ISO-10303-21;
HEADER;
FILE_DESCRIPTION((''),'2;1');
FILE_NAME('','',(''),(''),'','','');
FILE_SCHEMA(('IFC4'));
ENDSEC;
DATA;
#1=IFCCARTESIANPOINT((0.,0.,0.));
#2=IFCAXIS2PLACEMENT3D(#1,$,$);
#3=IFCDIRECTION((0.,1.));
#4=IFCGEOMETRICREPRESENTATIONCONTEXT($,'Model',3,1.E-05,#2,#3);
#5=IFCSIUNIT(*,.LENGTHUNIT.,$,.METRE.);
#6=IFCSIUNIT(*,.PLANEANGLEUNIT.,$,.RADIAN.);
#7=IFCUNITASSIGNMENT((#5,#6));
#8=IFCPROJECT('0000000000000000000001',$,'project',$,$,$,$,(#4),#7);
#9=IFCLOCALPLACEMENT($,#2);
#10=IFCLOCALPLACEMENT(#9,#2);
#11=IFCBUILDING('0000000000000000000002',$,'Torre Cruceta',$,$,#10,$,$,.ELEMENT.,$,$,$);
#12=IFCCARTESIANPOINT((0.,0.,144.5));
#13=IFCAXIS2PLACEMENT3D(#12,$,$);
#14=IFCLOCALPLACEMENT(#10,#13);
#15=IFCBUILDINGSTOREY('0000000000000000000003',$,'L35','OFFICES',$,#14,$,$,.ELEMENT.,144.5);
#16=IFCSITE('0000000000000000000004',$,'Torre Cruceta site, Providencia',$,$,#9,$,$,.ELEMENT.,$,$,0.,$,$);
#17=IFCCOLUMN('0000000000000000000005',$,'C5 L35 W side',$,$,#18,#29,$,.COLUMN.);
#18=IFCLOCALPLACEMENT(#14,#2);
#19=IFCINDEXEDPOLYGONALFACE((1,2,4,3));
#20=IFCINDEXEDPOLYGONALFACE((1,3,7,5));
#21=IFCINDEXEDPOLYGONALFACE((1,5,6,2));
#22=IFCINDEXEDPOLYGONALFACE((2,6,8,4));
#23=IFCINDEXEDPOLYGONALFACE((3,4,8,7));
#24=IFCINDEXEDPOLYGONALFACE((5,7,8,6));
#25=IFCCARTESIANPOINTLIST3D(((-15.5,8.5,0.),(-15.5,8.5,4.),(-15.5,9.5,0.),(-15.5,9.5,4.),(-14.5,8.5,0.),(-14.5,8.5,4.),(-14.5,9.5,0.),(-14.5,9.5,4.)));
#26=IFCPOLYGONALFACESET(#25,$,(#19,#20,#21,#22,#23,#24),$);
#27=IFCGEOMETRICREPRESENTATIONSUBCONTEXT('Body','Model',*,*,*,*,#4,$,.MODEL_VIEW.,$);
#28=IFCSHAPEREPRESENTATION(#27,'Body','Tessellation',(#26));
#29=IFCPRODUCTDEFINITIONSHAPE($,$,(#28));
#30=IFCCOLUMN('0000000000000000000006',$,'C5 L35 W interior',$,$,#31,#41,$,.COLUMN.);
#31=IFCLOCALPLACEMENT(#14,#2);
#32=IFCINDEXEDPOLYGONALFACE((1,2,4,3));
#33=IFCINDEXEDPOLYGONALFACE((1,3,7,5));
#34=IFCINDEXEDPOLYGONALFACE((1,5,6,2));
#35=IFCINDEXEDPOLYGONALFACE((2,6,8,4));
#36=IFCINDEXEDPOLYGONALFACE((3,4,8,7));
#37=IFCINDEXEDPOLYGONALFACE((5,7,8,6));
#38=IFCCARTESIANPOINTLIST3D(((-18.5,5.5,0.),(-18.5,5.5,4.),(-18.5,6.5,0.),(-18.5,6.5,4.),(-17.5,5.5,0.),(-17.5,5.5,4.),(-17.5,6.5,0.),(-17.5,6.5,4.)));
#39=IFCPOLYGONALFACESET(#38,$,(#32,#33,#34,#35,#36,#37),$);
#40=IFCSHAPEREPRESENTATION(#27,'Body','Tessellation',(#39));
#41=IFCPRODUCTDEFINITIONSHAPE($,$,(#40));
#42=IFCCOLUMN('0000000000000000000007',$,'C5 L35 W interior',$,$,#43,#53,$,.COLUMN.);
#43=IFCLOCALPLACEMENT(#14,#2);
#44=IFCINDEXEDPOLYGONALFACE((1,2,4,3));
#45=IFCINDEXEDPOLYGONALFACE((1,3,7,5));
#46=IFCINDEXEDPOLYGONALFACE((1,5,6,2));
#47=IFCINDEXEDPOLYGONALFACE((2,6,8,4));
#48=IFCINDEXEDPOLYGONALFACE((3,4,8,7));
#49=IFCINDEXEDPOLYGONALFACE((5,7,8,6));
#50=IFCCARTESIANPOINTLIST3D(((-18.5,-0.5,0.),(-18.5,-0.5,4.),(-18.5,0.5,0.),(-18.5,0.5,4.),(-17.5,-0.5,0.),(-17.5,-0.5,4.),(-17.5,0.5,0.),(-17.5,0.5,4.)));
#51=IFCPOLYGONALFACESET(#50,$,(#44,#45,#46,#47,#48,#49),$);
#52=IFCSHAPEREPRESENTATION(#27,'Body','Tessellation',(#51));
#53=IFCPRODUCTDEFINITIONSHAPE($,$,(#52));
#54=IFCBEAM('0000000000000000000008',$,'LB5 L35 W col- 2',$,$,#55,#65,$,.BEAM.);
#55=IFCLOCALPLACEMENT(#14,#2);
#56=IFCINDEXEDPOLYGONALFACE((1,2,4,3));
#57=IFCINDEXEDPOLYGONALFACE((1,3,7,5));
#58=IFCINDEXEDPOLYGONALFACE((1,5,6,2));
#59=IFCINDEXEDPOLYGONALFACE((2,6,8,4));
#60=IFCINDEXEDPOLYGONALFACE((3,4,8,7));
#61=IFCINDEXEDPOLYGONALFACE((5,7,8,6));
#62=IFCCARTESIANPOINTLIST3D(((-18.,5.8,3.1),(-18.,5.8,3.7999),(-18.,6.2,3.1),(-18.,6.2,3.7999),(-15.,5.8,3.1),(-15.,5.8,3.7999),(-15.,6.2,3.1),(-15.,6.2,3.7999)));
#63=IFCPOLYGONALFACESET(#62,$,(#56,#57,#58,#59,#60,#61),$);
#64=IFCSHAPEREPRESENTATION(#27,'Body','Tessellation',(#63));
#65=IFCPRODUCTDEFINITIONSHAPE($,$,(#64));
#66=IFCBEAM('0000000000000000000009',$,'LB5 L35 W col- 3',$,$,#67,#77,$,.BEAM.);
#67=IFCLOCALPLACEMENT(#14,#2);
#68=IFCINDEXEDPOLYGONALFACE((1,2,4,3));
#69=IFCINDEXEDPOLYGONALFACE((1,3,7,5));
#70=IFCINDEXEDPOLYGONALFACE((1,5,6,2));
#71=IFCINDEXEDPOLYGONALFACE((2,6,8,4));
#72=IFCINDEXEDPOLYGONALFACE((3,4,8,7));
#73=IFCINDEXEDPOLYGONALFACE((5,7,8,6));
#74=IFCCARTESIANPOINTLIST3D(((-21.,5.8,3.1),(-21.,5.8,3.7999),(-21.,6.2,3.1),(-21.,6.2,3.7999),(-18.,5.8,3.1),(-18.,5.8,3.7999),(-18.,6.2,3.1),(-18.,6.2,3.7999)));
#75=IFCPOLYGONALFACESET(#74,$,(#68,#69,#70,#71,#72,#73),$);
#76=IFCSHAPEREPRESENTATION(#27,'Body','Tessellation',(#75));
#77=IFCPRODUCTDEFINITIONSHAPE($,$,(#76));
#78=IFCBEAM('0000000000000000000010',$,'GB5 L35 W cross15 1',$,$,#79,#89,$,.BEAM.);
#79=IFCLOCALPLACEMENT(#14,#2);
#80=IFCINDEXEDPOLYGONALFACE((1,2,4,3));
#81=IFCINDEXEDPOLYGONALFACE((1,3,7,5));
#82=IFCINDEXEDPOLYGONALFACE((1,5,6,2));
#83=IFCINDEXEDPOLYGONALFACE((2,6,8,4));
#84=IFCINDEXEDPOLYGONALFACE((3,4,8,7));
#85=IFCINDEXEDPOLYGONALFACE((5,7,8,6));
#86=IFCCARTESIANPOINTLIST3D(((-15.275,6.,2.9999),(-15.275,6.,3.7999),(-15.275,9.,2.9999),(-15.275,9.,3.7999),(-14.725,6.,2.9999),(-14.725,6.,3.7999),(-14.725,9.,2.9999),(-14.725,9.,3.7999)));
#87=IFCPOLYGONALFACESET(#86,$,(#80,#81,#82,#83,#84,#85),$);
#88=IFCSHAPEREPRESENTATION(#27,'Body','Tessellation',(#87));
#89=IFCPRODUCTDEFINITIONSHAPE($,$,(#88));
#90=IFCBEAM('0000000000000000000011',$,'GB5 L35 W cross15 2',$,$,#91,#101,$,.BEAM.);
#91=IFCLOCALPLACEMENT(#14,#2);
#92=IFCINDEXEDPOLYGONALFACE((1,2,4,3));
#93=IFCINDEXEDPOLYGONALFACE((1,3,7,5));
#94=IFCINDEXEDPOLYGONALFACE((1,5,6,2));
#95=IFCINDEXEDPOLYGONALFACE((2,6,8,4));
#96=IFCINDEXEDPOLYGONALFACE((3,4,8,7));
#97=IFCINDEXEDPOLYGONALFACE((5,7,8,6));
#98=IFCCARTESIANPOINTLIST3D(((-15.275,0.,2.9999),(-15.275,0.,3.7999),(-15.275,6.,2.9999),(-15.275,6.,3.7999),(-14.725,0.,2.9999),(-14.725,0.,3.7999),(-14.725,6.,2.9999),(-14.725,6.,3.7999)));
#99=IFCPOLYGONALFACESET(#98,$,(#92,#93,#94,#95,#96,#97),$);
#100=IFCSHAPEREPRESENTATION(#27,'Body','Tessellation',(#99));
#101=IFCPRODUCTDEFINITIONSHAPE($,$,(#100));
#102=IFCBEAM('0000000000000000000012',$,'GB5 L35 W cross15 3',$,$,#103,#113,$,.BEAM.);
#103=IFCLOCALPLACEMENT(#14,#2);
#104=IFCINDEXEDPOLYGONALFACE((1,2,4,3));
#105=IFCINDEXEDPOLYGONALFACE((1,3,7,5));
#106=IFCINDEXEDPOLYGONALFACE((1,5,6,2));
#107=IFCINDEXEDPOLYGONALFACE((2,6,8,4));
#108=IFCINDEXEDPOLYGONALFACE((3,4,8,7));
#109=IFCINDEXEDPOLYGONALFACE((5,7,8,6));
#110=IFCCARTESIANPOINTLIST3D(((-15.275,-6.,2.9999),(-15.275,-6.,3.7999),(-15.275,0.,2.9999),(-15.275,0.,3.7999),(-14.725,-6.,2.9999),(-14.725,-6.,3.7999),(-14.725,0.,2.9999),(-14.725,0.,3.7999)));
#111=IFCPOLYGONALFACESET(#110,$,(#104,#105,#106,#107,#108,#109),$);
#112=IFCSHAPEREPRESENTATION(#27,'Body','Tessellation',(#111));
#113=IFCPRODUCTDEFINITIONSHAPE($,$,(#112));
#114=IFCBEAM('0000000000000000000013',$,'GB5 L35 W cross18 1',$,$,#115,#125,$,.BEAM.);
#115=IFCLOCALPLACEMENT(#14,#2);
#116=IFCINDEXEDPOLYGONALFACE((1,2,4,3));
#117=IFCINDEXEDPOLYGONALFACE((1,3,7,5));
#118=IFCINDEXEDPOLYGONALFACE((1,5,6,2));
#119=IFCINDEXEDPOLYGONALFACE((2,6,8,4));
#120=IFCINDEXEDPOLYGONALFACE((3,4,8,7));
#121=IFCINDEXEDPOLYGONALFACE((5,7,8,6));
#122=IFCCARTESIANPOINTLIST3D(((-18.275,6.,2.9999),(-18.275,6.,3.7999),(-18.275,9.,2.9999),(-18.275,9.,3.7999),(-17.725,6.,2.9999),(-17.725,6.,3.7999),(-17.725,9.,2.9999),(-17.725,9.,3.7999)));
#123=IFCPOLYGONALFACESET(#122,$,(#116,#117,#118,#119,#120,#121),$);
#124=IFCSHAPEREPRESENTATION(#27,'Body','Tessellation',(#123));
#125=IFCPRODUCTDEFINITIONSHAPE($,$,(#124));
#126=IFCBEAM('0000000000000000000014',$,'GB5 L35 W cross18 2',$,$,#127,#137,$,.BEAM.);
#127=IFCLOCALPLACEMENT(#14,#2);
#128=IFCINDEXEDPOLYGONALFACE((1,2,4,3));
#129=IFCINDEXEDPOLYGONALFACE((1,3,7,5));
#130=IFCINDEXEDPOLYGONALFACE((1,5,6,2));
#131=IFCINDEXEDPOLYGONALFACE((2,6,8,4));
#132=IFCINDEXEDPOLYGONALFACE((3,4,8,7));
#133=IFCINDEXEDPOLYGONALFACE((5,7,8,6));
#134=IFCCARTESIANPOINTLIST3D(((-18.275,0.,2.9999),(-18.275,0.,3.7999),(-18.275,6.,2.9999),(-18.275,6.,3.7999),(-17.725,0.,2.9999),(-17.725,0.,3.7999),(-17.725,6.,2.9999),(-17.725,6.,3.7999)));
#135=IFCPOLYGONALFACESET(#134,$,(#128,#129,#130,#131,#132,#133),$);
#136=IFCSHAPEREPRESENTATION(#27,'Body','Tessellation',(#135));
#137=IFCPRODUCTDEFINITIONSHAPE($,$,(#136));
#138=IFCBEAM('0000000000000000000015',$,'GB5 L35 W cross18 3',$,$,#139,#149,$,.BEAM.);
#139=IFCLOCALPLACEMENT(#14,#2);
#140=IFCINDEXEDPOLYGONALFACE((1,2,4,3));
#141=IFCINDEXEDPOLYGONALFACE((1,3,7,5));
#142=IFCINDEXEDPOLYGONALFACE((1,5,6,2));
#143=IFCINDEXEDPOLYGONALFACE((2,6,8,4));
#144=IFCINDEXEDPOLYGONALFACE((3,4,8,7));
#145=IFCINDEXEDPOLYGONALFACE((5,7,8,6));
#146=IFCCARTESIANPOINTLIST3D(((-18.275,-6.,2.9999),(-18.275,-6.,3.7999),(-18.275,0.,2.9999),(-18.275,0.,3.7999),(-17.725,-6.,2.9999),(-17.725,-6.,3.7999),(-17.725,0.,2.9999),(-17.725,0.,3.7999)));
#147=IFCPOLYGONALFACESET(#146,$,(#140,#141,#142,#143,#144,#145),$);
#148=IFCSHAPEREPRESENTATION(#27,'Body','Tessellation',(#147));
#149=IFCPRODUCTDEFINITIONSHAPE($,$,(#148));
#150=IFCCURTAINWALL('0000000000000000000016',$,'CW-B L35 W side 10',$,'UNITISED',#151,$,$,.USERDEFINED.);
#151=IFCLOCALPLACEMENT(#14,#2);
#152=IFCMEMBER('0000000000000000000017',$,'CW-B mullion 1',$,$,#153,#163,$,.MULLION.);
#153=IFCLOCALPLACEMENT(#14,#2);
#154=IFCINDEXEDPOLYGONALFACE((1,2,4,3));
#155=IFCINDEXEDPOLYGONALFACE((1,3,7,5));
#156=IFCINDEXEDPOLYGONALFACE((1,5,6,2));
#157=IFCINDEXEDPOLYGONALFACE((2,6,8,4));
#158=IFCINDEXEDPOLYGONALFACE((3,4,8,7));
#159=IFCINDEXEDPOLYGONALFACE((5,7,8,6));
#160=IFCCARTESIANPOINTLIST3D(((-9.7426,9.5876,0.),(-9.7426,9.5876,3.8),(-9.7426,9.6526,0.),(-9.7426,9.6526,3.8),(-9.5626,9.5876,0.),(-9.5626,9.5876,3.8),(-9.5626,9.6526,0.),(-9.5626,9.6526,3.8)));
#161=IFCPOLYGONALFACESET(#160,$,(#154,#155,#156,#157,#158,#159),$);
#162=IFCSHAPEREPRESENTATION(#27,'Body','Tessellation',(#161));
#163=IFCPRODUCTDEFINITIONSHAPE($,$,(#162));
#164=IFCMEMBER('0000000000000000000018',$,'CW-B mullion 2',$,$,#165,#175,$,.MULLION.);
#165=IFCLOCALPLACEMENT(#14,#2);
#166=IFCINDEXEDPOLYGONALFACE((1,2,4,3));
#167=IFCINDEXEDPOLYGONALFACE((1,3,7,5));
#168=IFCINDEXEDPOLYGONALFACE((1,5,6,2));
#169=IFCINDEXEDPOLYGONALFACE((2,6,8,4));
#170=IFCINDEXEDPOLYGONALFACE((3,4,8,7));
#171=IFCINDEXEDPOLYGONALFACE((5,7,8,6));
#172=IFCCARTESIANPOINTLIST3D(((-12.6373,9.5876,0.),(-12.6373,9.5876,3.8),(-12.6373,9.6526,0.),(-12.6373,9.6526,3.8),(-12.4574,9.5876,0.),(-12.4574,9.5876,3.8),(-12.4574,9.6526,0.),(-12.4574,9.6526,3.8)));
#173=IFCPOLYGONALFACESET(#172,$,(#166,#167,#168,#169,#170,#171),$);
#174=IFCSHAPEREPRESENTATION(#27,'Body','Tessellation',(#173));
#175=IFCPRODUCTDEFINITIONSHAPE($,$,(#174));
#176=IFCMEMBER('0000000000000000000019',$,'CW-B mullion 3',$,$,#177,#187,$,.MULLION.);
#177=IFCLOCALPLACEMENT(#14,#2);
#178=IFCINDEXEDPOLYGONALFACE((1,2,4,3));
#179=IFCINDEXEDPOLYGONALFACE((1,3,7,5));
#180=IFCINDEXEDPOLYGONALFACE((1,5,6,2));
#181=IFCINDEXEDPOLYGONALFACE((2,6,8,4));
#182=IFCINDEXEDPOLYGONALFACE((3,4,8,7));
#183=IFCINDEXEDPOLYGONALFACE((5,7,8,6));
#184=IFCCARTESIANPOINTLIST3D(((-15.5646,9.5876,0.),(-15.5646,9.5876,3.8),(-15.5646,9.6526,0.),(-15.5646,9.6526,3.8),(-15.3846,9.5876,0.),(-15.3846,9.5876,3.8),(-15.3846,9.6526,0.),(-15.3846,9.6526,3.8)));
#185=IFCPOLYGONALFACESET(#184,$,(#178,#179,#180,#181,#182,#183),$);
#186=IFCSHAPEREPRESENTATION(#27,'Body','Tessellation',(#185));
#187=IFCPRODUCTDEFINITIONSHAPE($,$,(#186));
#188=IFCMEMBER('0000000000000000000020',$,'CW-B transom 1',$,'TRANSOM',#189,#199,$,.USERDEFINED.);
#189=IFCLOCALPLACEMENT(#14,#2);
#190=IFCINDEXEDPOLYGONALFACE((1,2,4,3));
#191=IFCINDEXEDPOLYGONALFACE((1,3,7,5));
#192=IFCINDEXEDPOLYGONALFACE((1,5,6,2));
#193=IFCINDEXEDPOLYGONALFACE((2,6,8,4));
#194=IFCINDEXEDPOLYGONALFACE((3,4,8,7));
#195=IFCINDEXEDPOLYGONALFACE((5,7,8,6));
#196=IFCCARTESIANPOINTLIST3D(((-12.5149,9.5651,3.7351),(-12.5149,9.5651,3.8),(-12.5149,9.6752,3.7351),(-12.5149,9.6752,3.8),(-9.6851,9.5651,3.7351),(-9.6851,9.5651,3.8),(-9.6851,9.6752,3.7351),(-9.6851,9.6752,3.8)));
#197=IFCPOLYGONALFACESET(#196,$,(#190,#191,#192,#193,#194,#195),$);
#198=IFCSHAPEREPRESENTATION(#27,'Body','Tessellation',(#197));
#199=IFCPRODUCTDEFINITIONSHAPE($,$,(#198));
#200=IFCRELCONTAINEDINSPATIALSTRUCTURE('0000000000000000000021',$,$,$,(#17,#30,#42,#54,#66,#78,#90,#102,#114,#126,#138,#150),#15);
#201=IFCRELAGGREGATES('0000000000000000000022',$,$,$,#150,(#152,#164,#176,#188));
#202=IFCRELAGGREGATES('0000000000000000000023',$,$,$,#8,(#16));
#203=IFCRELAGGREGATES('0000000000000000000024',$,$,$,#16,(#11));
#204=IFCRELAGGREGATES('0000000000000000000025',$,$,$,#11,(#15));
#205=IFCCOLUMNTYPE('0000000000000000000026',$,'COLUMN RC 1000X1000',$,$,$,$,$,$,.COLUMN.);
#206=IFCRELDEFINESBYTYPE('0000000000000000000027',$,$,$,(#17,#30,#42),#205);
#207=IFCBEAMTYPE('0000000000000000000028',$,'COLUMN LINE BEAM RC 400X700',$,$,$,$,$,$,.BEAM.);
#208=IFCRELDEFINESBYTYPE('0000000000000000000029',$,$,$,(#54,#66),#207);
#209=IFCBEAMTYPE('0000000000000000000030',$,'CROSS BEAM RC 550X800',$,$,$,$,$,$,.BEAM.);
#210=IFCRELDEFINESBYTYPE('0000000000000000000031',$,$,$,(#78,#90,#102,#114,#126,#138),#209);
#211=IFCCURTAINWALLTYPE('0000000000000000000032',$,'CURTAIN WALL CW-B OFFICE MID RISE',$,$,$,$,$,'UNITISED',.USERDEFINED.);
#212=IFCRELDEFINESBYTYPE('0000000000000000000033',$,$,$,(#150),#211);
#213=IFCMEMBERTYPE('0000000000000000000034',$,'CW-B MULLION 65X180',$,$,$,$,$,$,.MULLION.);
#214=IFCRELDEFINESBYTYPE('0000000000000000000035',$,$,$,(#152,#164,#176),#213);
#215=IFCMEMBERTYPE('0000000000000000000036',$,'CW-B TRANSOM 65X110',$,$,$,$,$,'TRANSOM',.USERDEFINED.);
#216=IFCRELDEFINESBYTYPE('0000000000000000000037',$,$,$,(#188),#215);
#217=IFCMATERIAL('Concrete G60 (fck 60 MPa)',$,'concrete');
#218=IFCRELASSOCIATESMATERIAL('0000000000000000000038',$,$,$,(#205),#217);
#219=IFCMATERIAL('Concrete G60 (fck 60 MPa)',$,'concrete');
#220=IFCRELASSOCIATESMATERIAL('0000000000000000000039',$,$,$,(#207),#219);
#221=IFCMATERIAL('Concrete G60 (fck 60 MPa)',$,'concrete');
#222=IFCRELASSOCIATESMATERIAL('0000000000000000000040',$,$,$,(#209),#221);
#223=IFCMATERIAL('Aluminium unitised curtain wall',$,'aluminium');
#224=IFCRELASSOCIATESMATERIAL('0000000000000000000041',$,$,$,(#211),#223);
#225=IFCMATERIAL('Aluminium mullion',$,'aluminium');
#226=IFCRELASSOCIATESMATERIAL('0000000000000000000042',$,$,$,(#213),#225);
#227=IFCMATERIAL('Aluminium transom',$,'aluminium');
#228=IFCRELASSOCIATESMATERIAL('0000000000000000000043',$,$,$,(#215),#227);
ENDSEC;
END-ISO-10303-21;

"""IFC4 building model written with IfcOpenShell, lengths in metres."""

from ifc_helpers import new_model, si_unit, direction, frame, origin, origin_2d, place, context, subcontext, project, spatial, rectangle, extrude, material, material_profile, profile_set, type_object, element, aggregate, save


model = new_model("IFC4")

# Units and contexts
model_context = context("Model", 3, precision=1e-05, world=origin(), true_north=direction((0.0, 1.0)))
body_context = subcontext(model_context, "Body", "Model", "MODEL_VIEW")
ifc_project = project(units=[si_unit("LENGTHUNIT", "METRE"), si_unit("PLANEANGLEUNIT", "RADIAN")], contexts=[model_context])

# Site, building, storey
site_placement = place(None, origin())
site = spatial("IfcSite", under=ifc_project, at=site_placement, Name="Torre Cruceta site, Providencia", CompositionType="ELEMENT", RefElevation=0.0)
building_placement = place(site_placement, origin())
building = spatial("IfcBuilding", under=site, at=building_placement, Name="Torre Cruceta", CompositionType="ELEMENT")
storey_placement = place(building_placement, frame((0.0, 0.0, 144.5)))
storey = spatial("IfcBuildingStorey", under=building, at=storey_placement, Name="L35", Description="OFFICES", CompositionType="ELEMENT", Elevation=144.5)

# Columns
ifc_material_1 = material(Name="Concrete G60 (fck 60 MPa)", Category="concrete")
ifc_material_profile_1 = material_profile(ifc_material_1, rectangle(XDim=1.0, YDim=1.0, at=origin_2d()), Name="RC 1000X1000")
ifc_profile_set_1 = profile_set([ifc_material_profile_1], Name="Concrete G60 (fck 60 MPa)")
column_type = type_object("IfcColumnType", Name="COLUMN RC 1000X1000", PredefinedType="COLUMN", material=ifc_profile_set_1)
for number, where, z_axis, x_axis, name in (
    (1, (-15.0, 9.0, 0.0), (0.0, 0.0, 1.0), (1.0, 0.0, 0.0), "C5 L35 W side"),
    (2, (-18.0, 6.0, 0.0), (0.0, 0.0, 1.0), (1.0, 0.0, 0.0), "C5 L35 W interior"),
    (3, (-18.0, 0.0, 0.0), (0.0, 0.0, 1.0), (1.0, 0.0, 0.0), "C5 L35 W interior"),
):
    element("IfcColumn", number, at=place(storey_placement, frame(where, z_axis=z_axis, x_axis=x_axis)), inside=storey, type_object=column_type, Name=name, PredefinedType="COLUMN", context=body_context, shape_type="SweptSolid", body=[
        extrude(rectangle(XDim=1.0, YDim=1.0, at=origin_2d()), origin(), (0.0, 0.0, 1.0), 4.0),
    ])

# Beams
ifc_material_2 = material(Name="Concrete G60 (fck 60 MPa)", Category="concrete")
ifc_material_profile_2 = material_profile(ifc_material_2, rectangle(XDim=0.3999, YDim=0.7, at=origin_2d()), Name="RC 400X700")
ifc_profile_set_2 = profile_set([ifc_material_profile_2], Name="Concrete G60 (fck 60 MPa)")
beam_type_1 = type_object("IfcBeamType", Name="COLUMN LINE BEAM RC 400X700", PredefinedType="BEAM", material=ifc_profile_set_2)
for number, where, z_axis, x_axis, name in (
    (4, (-15.0, 6.0, 3.45), (-1.0, 0.0, 0.0), (0.0, -1.0, 0.0), "LB5 L35 W col- 2"),
    (5, (-18.0, 6.0, 3.45), (-1.0, 0.0, 0.0), (0.0, -1.0, 0.0), "LB5 L35 W col- 3"),
):
    element("IfcBeam", number, at=place(storey_placement, frame(where, z_axis=z_axis, x_axis=x_axis)), inside=storey, type_object=beam_type_1, Name=name, PredefinedType="BEAM", context=body_context, shape_type="SweptSolid", body=[
        extrude(rectangle(XDim=0.3999, YDim=0.7, at=origin_2d()), origin(), (0.0, 0.0, 1.0), 3.0),
    ])
ifc_material_3 = material(Name="Concrete G60 (fck 60 MPa)", Category="concrete")
ifc_material_profile_3 = material_profile(ifc_material_3, rectangle(XDim=0.55, YDim=0.8, at=origin_2d()), Name="RC 550X800")
ifc_profile_set_3 = profile_set([ifc_material_profile_3], Name="Concrete G60 (fck 60 MPa)")
beam_type_2 = type_object("IfcBeamType", Name="CROSS BEAM RC 550X800", PredefinedType="BEAM", material=ifc_profile_set_3)
beam_1_placement = place(storey_placement, frame((-15.0, 9.0, 3.3999), z_axis=(0.0, -1.0, 0.0), x_axis=(1.0, 0.0, 0.0)))
element("IfcBeam", 6, at=beam_1_placement, inside=storey, type_object=beam_type_2, Name="GB5 L35 W cross15 1", PredefinedType="BEAM", context=body_context, shape_type="SweptSolid", body=[
    extrude(rectangle(XDim=0.55, YDim=0.8, at=origin_2d()), origin(), (0.0, 0.0, 1.0), 3.0),
])
for number, where, z_axis, x_axis, name in (
    (7, (-15.0, 6.0, 3.3999), (0.0, -1.0, 0.0), (1.0, 0.0, 0.0), "GB5 L35 W cross15 2"),
    (8, (-15.0, 0.0, 3.3999), (0.0, -1.0, 0.0), (1.0, 0.0, 0.0), "GB5 L35 W cross15 3"),
):
    element("IfcBeam", number, at=place(storey_placement, frame(where, z_axis=z_axis, x_axis=x_axis)), inside=storey, type_object=beam_type_2, Name=name, PredefinedType="BEAM", context=body_context, shape_type="SweptSolid", body=[
        extrude(rectangle(XDim=0.55, YDim=0.8, at=origin_2d()), origin(), (0.0, 0.0, 1.0), 6.0),
    ])
beam_2_placement = place(storey_placement, frame((-18.0, 9.0, 3.3999), z_axis=(0.0, -1.0, 0.0), x_axis=(1.0, 0.0, 0.0)))
element("IfcBeam", 9, at=beam_2_placement, inside=storey, type_object=beam_type_2, Name="GB5 L35 W cross18 1", PredefinedType="BEAM", context=body_context, shape_type="SweptSolid", body=[
    extrude(rectangle(XDim=0.55, YDim=0.8, at=origin_2d()), origin(), (0.0, 0.0, 1.0), 3.0),
])
for number, where, z_axis, x_axis, name in (
    (10, (-18.0, 6.0, 3.3999), (0.0, -1.0, 0.0), (1.0, 0.0, 0.0), "GB5 L35 W cross18 2"),
    (11, (-18.0, 0.0, 3.3999), (0.0, -1.0, 0.0), (1.0, 0.0, 0.0), "GB5 L35 W cross18 3"),
):
    element("IfcBeam", number, at=place(storey_placement, frame(where, z_axis=z_axis, x_axis=x_axis)), inside=storey, type_object=beam_type_2, Name=name, PredefinedType="BEAM", context=body_context, shape_type="SweptSolid", body=[
        extrude(rectangle(XDim=0.55, YDim=0.8, at=origin_2d()), origin(), (0.0, 0.0, 1.0), 6.0),
    ])

# Curtain wall, members
ifc_material_4 = material(Name="Aluminium unitised curtain wall", Category="aluminium")
curtain_wall_type = type_object("IfcCurtainWallType", Name="CURTAIN WALL CW-B OFFICE MID RISE", ElementType="UNITISED", PredefinedType="USERDEFINED", material=ifc_material_4)
curtain_wall_placement = place(storey_placement, origin())
curtain_wall = element("IfcCurtainWall", 12, at=curtain_wall_placement, inside=storey, type_object=curtain_wall_type, Name="CW-B L35 W side 10", ObjectType="UNITISED", PredefinedType="USERDEFINED")
ifc_material_5 = material(Name="Aluminium mullion", Category="aluminium")
ifc_material_profile_4 = material_profile(ifc_material_5, rectangle(XDim=0.0649, YDim=0.1799, at=origin_2d()), Name="AL 65X180")
ifc_profile_set_4 = profile_set([ifc_material_profile_4], Name="Aluminium mullion")
member_type_1 = type_object("IfcMemberType", Name="CW-B MULLION 65X180", PredefinedType="MULLION", material=ifc_profile_set_4)
member_1_placement = place(storey_placement, frame((-9.6526, 9.6201, 0.0), z_axis=(0.0, 0.0, 1.0), x_axis=(0.0, -1.0, 0.0)))
member_1 = element("IfcMember", 13, at=member_1_placement, type_object=member_type_1, Name="CW-B mullion 1", PredefinedType="MULLION", context=body_context, shape_type="SweptSolid", body=[
    extrude(rectangle(XDim=0.0649, YDim=0.1799, at=origin_2d()), origin(), (0.0, 0.0, 1.0), 3.8),
])
member_2_placement = place(storey_placement, frame((-12.5474, 9.6201, 0.0), z_axis=(0.0, 0.0, 1.0), x_axis=(0.0, -1.0, 0.0)))
member_2 = element("IfcMember", 14, at=member_2_placement, type_object=member_type_1, Name="CW-B mullion 2", PredefinedType="MULLION", context=body_context, shape_type="SweptSolid", body=[
    extrude(rectangle(XDim=0.0649, YDim=0.1799, at=origin_2d()), origin(), (0.0, 0.0, 1.0), 3.8),
])
member_3_placement = place(storey_placement, frame((-15.4746, 9.6201, 0.0), z_axis=(0.0, 0.0, 1.0), x_axis=(0.0, -1.0, 0.0)))
member_3 = element("IfcMember", 15, at=member_3_placement, type_object=member_type_1, Name="CW-B mullion 3", PredefinedType="MULLION", context=body_context, shape_type="SweptSolid", body=[
    extrude(rectangle(XDim=0.0649, YDim=0.1799, at=origin_2d()), origin(), (0.0, 0.0, 1.0), 3.8),
])
ifc_material_6 = material(Name="Aluminium transom", Category="aluminium")
ifc_material_profile_5 = material_profile(ifc_material_6, rectangle(XDim=0.1101, YDim=0.0649, at=origin_2d()), Name="AL 110X65")
ifc_profile_set_5 = profile_set([ifc_material_profile_5], Name="Aluminium transom")
member_type_2 = type_object("IfcMemberType", Name="CW-B TRANSOM 65X110", ElementType="TRANSOM", PredefinedType="USERDEFINED", material=ifc_profile_set_5)
member_4_placement = place(storey_placement, frame((-9.6851, 9.6201, 3.7676), z_axis=(-1.0, 0.0, 0.0), x_axis=(0.0, -1.0, 0.0)))
member_4 = element("IfcMember", 16, at=member_4_placement, type_object=member_type_2, Name="CW-B transom 1", ObjectType="TRANSOM", PredefinedType="USERDEFINED", context=body_context, shape_type="SweptSolid", body=[
    extrude(rectangle(XDim=0.1101, YDim=0.0649, at=origin_2d()), origin(), (0.0, 0.0, 1.0), 2.8298),
])

aggregate(curtain_wall, [member_1, member_2, member_3, member_4])

save(model, "model.ifc")
